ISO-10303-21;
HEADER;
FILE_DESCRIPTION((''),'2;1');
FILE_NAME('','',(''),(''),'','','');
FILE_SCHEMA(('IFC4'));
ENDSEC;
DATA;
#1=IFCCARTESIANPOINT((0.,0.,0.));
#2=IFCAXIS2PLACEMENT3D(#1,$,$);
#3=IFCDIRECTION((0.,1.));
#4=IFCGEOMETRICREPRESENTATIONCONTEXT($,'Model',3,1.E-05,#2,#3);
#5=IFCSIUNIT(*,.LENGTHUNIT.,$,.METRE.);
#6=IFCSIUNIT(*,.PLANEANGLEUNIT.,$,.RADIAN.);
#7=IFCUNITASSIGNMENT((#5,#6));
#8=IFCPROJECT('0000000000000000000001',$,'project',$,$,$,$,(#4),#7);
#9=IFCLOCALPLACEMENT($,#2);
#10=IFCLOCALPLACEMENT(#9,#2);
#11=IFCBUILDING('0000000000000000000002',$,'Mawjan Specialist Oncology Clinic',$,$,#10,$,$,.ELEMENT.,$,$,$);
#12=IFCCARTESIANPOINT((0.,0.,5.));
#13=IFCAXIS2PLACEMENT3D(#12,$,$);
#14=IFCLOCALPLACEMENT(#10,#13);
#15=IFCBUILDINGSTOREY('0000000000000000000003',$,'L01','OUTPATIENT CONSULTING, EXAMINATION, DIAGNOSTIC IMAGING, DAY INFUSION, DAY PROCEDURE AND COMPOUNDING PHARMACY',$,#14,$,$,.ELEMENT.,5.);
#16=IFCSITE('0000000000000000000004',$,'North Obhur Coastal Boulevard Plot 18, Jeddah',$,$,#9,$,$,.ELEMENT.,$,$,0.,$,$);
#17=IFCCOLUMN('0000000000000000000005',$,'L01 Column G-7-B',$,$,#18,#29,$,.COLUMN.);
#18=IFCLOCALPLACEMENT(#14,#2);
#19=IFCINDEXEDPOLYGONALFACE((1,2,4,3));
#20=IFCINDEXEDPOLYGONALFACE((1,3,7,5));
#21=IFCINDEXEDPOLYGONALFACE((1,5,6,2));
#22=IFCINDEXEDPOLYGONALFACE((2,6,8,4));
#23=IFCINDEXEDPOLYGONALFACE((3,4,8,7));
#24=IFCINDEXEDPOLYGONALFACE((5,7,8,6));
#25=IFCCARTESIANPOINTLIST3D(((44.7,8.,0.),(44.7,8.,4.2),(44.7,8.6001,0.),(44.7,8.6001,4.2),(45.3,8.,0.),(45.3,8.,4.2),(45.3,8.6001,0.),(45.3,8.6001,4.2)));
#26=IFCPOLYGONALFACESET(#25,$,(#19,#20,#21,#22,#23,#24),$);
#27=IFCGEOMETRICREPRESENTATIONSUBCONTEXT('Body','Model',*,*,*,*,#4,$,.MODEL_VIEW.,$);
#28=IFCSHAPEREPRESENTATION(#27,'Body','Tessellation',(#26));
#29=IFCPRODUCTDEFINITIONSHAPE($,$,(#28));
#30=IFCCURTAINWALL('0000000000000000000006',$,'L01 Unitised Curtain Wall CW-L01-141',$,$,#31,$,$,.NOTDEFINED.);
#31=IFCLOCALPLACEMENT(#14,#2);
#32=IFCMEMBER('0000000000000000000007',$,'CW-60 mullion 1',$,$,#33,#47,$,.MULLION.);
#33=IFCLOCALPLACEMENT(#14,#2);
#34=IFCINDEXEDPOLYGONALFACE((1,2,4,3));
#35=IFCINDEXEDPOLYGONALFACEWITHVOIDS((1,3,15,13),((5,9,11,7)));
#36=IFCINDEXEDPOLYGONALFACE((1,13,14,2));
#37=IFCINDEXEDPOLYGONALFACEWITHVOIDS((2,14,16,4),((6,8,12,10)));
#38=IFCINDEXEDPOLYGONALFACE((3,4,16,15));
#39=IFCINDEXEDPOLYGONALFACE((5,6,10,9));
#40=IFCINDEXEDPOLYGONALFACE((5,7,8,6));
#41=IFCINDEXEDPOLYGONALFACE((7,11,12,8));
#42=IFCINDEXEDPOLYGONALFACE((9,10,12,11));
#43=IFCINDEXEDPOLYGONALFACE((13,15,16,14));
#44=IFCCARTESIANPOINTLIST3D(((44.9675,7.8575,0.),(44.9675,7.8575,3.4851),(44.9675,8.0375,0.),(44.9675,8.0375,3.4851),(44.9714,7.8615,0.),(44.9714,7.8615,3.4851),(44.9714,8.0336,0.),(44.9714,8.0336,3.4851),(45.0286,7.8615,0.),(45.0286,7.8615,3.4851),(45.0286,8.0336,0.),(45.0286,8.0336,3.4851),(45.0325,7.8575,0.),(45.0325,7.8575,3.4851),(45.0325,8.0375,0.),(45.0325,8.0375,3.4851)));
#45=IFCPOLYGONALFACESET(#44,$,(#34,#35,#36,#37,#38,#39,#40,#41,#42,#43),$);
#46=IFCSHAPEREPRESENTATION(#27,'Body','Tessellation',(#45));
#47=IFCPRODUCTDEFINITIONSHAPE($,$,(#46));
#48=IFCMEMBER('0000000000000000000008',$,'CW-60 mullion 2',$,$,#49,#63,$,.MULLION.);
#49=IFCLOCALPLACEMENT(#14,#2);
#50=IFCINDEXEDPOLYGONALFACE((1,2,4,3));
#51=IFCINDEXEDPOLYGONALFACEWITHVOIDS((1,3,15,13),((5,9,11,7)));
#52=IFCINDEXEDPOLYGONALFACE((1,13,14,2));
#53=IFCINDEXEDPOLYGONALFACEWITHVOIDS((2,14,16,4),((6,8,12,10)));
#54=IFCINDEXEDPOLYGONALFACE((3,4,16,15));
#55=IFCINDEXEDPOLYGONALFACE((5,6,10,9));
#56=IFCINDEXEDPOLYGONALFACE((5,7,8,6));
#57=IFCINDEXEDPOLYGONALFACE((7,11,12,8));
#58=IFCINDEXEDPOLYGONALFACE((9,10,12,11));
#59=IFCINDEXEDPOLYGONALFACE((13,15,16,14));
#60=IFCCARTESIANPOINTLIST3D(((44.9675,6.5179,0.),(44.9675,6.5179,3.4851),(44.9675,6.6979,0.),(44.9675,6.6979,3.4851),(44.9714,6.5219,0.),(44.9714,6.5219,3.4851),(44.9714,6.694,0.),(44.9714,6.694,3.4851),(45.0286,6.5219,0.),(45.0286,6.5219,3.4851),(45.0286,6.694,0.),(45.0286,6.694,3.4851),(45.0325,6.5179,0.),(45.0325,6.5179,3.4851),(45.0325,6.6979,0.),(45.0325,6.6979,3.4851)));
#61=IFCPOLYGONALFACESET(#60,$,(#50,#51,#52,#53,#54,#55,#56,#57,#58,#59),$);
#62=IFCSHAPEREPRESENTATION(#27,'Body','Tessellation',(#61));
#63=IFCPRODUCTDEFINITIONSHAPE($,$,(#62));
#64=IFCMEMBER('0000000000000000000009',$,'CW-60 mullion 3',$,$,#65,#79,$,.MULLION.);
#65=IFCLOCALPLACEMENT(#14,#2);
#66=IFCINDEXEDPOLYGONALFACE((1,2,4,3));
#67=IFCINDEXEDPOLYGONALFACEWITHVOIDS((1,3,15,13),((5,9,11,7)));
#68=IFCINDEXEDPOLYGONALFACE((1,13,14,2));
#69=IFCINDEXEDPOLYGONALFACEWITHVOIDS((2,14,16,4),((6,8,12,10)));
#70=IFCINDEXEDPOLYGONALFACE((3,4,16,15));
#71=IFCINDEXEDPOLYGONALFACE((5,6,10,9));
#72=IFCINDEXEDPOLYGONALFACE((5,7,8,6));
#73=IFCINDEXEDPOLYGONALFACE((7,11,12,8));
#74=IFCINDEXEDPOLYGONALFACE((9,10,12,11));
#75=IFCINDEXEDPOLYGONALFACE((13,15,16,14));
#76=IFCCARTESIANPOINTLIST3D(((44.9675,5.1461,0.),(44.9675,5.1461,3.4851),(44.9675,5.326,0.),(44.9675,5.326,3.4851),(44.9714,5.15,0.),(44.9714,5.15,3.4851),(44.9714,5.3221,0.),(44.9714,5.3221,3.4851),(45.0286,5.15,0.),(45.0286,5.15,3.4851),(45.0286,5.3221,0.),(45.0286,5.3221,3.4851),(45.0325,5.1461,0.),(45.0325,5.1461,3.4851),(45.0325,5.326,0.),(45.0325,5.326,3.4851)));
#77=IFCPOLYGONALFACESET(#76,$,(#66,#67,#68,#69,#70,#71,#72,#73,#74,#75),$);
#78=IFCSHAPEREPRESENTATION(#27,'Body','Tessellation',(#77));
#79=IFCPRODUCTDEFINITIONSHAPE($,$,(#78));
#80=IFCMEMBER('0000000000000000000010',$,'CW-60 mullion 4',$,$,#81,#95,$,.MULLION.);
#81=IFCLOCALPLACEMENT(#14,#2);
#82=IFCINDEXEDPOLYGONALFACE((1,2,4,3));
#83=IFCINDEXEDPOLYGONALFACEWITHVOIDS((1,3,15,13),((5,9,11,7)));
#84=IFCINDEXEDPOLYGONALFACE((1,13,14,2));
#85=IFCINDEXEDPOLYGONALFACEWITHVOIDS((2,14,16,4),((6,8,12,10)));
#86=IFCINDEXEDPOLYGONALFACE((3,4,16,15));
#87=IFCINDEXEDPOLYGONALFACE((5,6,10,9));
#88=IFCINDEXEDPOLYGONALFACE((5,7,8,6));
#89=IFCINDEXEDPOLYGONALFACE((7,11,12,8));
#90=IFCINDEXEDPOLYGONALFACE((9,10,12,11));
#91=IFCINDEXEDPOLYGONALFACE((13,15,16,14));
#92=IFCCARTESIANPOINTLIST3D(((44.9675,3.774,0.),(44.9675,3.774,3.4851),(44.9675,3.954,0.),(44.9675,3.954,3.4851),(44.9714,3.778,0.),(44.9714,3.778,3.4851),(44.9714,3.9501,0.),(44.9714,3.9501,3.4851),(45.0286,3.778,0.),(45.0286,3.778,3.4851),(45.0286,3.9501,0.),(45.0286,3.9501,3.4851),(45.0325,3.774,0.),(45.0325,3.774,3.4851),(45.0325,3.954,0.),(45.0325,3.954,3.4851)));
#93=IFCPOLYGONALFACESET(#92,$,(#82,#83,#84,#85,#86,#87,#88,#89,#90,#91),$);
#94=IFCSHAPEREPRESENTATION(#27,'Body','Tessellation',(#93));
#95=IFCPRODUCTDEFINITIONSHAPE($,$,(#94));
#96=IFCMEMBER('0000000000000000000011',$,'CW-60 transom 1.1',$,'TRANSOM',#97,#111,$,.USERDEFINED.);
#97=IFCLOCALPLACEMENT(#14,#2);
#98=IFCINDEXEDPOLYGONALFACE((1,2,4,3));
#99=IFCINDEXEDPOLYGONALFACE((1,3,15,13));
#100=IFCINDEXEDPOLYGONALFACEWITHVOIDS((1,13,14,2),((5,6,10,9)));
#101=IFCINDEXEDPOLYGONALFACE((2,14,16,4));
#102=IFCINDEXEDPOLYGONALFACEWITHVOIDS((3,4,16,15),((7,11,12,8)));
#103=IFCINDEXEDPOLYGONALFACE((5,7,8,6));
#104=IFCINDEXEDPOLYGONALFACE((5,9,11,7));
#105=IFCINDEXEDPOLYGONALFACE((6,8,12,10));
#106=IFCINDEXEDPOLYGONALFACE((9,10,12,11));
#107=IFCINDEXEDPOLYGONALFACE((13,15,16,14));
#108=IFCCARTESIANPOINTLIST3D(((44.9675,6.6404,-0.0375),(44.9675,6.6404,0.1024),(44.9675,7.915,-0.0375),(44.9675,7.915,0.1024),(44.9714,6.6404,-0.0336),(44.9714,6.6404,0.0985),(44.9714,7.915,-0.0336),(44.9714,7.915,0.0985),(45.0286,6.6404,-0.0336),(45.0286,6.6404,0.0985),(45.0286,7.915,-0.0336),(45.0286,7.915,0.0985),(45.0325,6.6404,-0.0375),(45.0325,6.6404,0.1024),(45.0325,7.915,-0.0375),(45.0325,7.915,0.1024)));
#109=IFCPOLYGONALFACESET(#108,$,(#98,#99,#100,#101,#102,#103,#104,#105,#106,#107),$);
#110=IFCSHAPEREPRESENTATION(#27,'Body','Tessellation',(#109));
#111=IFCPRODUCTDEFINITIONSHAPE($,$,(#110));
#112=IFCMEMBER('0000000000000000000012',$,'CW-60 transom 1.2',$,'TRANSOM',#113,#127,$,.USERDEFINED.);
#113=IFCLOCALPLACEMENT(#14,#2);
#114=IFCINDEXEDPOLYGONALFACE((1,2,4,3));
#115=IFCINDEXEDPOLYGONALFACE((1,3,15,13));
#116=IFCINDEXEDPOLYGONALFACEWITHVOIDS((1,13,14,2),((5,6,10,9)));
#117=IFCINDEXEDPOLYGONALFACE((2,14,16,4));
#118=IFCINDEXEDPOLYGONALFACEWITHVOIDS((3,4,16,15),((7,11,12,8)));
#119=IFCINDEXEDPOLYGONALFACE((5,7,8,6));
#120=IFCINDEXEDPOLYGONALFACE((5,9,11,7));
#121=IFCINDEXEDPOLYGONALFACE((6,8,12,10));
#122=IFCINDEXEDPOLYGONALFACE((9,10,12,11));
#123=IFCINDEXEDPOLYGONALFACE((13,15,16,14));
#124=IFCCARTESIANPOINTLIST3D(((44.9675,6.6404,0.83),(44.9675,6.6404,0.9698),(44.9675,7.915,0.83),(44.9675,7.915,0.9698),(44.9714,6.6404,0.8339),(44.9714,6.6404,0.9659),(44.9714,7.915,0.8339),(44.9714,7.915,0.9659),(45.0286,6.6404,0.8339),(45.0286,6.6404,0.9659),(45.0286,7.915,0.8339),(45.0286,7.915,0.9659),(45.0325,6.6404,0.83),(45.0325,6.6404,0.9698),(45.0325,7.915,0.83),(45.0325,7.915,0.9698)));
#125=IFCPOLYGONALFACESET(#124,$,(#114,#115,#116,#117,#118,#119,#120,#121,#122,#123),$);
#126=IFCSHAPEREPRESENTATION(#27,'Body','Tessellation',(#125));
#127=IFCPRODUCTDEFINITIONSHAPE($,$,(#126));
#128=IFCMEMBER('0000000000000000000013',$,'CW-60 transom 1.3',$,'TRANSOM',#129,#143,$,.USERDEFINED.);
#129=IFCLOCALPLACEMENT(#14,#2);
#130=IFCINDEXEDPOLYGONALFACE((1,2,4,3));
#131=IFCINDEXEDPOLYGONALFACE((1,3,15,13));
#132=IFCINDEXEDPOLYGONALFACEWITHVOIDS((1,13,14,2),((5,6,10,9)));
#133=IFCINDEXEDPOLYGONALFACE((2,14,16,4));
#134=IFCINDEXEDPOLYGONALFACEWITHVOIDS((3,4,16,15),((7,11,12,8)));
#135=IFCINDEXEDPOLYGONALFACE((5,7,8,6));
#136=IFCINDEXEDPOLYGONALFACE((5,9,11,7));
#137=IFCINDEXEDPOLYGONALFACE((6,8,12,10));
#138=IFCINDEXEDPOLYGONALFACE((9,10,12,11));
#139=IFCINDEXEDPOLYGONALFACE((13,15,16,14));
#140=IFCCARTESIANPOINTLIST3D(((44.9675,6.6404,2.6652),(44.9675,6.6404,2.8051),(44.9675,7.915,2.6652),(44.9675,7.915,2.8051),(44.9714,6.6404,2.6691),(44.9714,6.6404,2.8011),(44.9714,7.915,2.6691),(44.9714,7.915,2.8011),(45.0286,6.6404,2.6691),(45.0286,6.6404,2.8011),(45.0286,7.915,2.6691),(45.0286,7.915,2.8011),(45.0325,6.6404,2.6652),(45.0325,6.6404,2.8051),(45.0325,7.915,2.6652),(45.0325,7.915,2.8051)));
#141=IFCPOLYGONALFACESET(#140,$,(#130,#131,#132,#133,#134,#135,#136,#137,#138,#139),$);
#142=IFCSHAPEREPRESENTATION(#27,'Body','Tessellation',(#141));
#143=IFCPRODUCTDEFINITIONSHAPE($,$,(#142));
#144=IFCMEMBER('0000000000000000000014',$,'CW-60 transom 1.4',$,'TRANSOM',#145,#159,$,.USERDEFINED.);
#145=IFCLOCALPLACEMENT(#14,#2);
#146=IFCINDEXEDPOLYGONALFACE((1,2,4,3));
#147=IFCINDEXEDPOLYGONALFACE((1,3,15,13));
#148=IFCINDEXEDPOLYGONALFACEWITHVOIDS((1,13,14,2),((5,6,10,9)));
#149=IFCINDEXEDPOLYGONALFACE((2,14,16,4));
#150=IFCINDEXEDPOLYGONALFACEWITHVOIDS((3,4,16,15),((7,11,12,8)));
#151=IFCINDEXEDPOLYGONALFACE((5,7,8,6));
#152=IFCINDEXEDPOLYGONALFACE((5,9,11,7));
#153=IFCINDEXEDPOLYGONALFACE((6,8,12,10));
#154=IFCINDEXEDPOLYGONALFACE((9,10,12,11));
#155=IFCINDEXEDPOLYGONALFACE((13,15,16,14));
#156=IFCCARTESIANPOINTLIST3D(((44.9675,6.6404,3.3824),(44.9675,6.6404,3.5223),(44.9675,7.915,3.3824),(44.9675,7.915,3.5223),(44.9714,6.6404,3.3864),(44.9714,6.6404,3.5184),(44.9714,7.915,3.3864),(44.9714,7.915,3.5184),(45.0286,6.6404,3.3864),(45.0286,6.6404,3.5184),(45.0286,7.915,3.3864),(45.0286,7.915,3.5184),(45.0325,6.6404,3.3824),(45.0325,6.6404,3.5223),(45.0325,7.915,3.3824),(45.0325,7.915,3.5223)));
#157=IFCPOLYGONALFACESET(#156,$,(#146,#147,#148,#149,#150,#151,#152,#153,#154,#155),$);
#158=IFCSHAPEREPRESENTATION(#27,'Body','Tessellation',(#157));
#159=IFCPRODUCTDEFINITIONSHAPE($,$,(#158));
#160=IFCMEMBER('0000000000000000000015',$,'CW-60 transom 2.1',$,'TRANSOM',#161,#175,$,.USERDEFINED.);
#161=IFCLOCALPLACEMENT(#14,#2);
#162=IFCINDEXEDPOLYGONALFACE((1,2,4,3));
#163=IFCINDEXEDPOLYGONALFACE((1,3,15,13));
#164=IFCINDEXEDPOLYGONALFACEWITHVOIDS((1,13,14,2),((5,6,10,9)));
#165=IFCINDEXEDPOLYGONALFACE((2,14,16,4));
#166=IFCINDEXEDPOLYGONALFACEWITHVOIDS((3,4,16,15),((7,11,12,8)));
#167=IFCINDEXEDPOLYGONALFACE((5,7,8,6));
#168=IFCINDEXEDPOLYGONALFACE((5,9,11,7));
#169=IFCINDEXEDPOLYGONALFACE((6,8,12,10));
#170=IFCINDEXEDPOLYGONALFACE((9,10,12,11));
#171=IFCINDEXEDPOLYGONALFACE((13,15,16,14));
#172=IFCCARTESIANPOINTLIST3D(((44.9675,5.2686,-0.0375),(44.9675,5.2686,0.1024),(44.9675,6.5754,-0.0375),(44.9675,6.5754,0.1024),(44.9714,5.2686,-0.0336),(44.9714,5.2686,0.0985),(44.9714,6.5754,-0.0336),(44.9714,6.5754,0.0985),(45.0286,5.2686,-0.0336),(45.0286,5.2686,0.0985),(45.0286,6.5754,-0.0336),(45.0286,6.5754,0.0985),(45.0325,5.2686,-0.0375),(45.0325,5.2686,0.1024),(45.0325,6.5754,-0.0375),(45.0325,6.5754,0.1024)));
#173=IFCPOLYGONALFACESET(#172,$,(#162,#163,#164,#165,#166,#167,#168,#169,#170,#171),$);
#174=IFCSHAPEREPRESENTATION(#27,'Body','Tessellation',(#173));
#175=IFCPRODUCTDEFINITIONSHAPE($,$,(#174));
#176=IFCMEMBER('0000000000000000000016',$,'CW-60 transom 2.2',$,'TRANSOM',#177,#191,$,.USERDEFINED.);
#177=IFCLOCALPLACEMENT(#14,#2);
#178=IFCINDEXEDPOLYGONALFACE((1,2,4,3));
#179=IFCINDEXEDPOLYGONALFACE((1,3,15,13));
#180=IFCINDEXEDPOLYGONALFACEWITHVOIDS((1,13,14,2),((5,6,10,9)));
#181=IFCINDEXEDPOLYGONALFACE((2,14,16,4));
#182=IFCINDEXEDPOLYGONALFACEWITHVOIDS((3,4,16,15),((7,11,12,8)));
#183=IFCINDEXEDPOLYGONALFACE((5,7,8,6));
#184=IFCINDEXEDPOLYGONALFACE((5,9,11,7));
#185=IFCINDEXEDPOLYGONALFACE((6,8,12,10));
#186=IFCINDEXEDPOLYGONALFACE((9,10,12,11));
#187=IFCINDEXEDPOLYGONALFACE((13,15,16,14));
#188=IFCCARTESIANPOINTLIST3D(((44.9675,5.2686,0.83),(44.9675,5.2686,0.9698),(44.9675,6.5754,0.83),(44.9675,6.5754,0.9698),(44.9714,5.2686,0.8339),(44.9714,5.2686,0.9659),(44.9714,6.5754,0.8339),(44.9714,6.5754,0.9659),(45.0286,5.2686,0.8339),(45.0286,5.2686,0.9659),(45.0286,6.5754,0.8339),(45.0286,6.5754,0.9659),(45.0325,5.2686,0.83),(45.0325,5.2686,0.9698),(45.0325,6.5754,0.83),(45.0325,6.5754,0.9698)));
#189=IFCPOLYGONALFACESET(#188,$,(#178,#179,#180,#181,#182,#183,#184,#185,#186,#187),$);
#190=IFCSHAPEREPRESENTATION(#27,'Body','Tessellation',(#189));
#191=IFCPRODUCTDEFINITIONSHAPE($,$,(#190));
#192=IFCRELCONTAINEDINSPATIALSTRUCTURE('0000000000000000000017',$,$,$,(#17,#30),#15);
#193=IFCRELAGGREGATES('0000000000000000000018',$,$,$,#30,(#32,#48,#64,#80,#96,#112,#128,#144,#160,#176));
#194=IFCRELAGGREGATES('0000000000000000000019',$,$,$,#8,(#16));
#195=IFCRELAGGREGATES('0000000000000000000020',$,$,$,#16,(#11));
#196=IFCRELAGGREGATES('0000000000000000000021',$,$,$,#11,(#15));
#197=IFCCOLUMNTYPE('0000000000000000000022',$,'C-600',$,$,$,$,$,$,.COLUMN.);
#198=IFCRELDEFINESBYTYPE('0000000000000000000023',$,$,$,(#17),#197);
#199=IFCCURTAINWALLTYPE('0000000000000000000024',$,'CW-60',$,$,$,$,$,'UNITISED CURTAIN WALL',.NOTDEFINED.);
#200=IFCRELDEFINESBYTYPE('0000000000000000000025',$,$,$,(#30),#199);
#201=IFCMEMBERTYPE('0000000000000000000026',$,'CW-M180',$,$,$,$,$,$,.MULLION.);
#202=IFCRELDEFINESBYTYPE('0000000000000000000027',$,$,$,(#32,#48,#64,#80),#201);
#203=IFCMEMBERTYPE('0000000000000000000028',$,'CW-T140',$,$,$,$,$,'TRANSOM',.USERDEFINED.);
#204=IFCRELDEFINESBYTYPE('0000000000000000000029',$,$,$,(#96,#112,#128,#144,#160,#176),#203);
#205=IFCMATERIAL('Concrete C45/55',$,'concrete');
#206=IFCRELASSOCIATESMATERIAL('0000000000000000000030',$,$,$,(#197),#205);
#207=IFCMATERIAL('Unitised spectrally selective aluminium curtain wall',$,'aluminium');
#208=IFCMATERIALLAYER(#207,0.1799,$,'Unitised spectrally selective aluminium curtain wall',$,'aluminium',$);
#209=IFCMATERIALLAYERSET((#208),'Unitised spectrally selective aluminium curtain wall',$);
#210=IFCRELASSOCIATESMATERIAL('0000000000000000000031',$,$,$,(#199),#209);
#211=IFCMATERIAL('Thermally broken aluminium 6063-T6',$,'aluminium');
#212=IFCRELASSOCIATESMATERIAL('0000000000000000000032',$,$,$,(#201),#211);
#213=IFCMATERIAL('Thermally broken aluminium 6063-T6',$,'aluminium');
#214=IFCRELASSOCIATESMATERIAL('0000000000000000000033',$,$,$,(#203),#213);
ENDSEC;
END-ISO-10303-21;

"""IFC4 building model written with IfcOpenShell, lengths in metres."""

from ifc_helpers import new_model, si_unit, direction, frame, origin, origin_2d, place, context, subcontext, project, spatial, rectangle, hollow_rectangle, extrude, material, layer, layer_set, material_profile, profile_set, type_object, element, aggregate, save


model = new_model("IFC4")

# Units and contexts
model_context = context("Model", 3, precision=1e-05, world=origin(), true_north=direction((0.0, 1.0)))
body_context = subcontext(model_context, "Body", "Model", "MODEL_VIEW")
ifc_project = project(units=[si_unit("LENGTHUNIT", "METRE"), si_unit("PLANEANGLEUNIT", "RADIAN")], contexts=[model_context])

# Site, building, storey
site_placement = place(None, origin())
site = spatial("IfcSite", under=ifc_project, at=site_placement, Name="North Obhur Coastal Boulevard Plot 18, Jeddah", CompositionType="ELEMENT", RefElevation=0.0)
building_placement = place(site_placement, origin())
building = spatial("IfcBuilding", under=site, at=building_placement, Name="Mawjan Specialist Oncology Clinic", CompositionType="ELEMENT")
storey_placement = place(building_placement, frame((0.0, 0.0, 5.0)))
storey = spatial("IfcBuildingStorey", under=building, at=storey_placement, Name="L01", Description="OUTPATIENT CONSULTING, EXAMINATION, DIAGNOSTIC IMAGING, DAY INFUSION, DAY PROCEDURE AND COMPOUNDING PHARMACY", CompositionType="ELEMENT", Elevation=5.0)

# Column
ifc_material_1 = material(Name="Concrete C45/55", Category="concrete")
ifc_material_profile_1 = material_profile(ifc_material_1, rectangle(XDim=0.6001, YDim=0.6001, at=origin_2d()), Name="RC COL 600x600", Category="concrete")
ifc_profile_set_1 = profile_set([ifc_material_profile_1], Name="Concrete C45/55")
column_type = type_object("IfcColumnType", Name="C-600", PredefinedType="COLUMN", material=ifc_profile_set_1)
column_placement = place(storey_placement, frame((45.0, 8.3, 0.0), z_axis=(0.0, 0.0, 1.0), x_axis=(1.0, 0.0, 0.0)))
element("IfcColumn", 1, at=column_placement, inside=storey, type_object=column_type, Name="L01 Column G-7-B", PredefinedType="COLUMN", context=body_context, shape_type="SweptSolid", body=[
    extrude(rectangle(XDim=0.6001, YDim=0.6001, at=origin_2d()), origin(), (0.0, 0.0, 1.0), 4.2),
])

# Curtain wall, members
ifc_material_2 = material(Name="Unitised spectrally selective aluminium curtain wall", Category="aluminium")
ifc_layer_1 = layer(ifc_material_2, 0.1799, Name="Unitised spectrally selective aluminium curtain wall", Category="aluminium")
ifc_layer_set_1 = layer_set([ifc_layer_1], Name="Unitised spectrally selective aluminium curtain wall")
curtain_wall_type = type_object("IfcCurtainWallType", Name="CW-60", ElementType="UNITISED CURTAIN WALL", PredefinedType="NOTDEFINED", material=ifc_layer_set_1)
curtain_wall_placement = place(storey_placement, origin())
curtain_wall = element("IfcCurtainWall", 2, at=curtain_wall_placement, inside=storey, type_object=curtain_wall_type, Name="L01 Unitised Curtain Wall CW-L01-141", PredefinedType="NOTDEFINED")
ifc_material_3 = material(Name="Thermally broken aluminium 6063-T6", Category="aluminium")
ifc_material_profile_2 = material_profile(ifc_material_3, hollow_rectangle(XDim=0.0649, YDim=0.1799, WallThickness=0.0039, at=origin_2d()), Name="ALU MULLION 180x65x4", Category="aluminium")
ifc_profile_set_2 = profile_set([ifc_material_profile_2], Name="Thermally broken aluminium 6063-T6")
member_type_1 = type_object("IfcMemberType", Name="CW-M180", PredefinedType="MULLION", material=ifc_profile_set_2)
member_1_placement = place(storey_placement, frame((45.0, 7.9475, 0.0), z_axis=(0.0, 0.0, 1.0), x_axis=(1.0, 0.0, 0.0)))
member_1 = element("IfcMember", 3, at=member_1_placement, type_object=member_type_1, Name="CW-60 mullion 1", PredefinedType="MULLION", context=body_context, shape_type="SweptSolid", body=[
    extrude(hollow_rectangle(XDim=0.0649, YDim=0.1799, WallThickness=0.0039, at=origin_2d()), origin(), (0.0, 0.0, 1.0), 3.4851),
])
member_2_placement = place(storey_placement, frame((45.0, 6.6079, 0.0), z_axis=(0.0, 0.0, 1.0), x_axis=(1.0, 0.0, 0.0)))
member_2 = element("IfcMember", 4, at=member_2_placement, type_object=member_type_1, Name="CW-60 mullion 2", PredefinedType="MULLION", context=body_context, shape_type="SweptSolid", body=[
    extrude(hollow_rectangle(XDim=0.0649, YDim=0.1799, WallThickness=0.0039, at=origin_2d()), origin(), (0.0, 0.0, 1.0), 3.4851),
])
member_3_placement = place(storey_placement, frame((45.0, 5.2361, 0.0), z_axis=(0.0, 0.0, 1.0), x_axis=(1.0, 0.0, 0.0)))
member_3 = element("IfcMember", 5, at=member_3_placement, type_object=member_type_1, Name="CW-60 mullion 3", PredefinedType="MULLION", context=body_context, shape_type="SweptSolid", body=[
    extrude(hollow_rectangle(XDim=0.0649, YDim=0.1799, WallThickness=0.0039, at=origin_2d()), origin(), (0.0, 0.0, 1.0), 3.4851),
])
member_4_placement = place(storey_placement, frame((45.0, 3.864, 0.0), z_axis=(0.0, 0.0, 1.0), x_axis=(1.0, 0.0, 0.0)))
member_4 = element("IfcMember", 6, at=member_4_placement, type_object=member_type_1, Name="CW-60 mullion 4", PredefinedType="MULLION", context=body_context, shape_type="SweptSolid", body=[
    extrude(hollow_rectangle(XDim=0.0649, YDim=0.1799, WallThickness=0.0039, at=origin_2d()), origin(), (0.0, 0.0, 1.0), 3.4851),
])
ifc_material_4 = material(Name="Thermally broken aluminium 6063-T6", Category="aluminium")
ifc_material_profile_3 = material_profile(ifc_material_4, hollow_rectangle(XDim=0.0649, YDim=0.1399, WallThickness=0.0039, at=origin_2d()), Name="ALU TRANSOM 140x65x4", Category="aluminium")
ifc_profile_set_3 = profile_set([ifc_material_profile_3], Name="Thermally broken aluminium 6063-T6")
member_type_2 = type_object("IfcMemberType", Name="CW-T140", ElementType="TRANSOM", PredefinedType="USERDEFINED", material=ifc_profile_set_3)
member_5_placement = place(storey_placement, frame((45.0, 7.915, 0.0325), z_axis=(0.0, -1.0, 0.0), x_axis=(1.0, 0.0, 0.0)))
member_5 = element("IfcMember", 7, at=member_5_placement, type_object=member_type_2, Name="CW-60 transom 1.1", ObjectType="TRANSOM", PredefinedType="USERDEFINED", context=body_context, shape_type="SweptSolid", body=[
    extrude(hollow_rectangle(XDim=0.0649, YDim=0.1399, WallThickness=0.0039, at=origin_2d()), origin(), (0.0, 0.0, 1.0), 1.2747),
])
member_6_placement = place(storey_placement, frame((45.0, 7.915, 0.8999), z_axis=(0.0, -1.0, 0.0), x_axis=(1.0, 0.0, 0.0)))
member_6 = element("IfcMember", 8, at=member_6_placement, type_object=member_type_2, Name="CW-60 transom 1.2", ObjectType="TRANSOM", PredefinedType="USERDEFINED", context=body_context, shape_type="SweptSolid", body=[
    extrude(hollow_rectangle(XDim=0.0649, YDim=0.1399, WallThickness=0.0039, at=origin_2d()), origin(), (0.0, 0.0, 1.0), 1.2747),
])
member_7_placement = place(storey_placement, frame((45.0, 7.915, 2.7351), z_axis=(0.0, -1.0, 0.0), x_axis=(1.0, 0.0, 0.0)))
member_7 = element("IfcMember", 9, at=member_7_placement, type_object=member_type_2, Name="CW-60 transom 1.3", ObjectType="TRANSOM", PredefinedType="USERDEFINED", context=body_context, shape_type="SweptSolid", body=[
    extrude(hollow_rectangle(XDim=0.0649, YDim=0.1399, WallThickness=0.0039, at=origin_2d()), origin(), (0.0, 0.0, 1.0), 1.2747),
])
member_8_placement = place(storey_placement, frame((45.0, 7.915, 3.4524), z_axis=(0.0, -1.0, 0.0), x_axis=(1.0, 0.0, 0.0)))
member_8 = element("IfcMember", 10, at=member_8_placement, type_object=member_type_2, Name="CW-60 transom 1.4", ObjectType="TRANSOM", PredefinedType="USERDEFINED", context=body_context, shape_type="SweptSolid", body=[
    extrude(hollow_rectangle(XDim=0.0649, YDim=0.1399, WallThickness=0.0039, at=origin_2d()), origin(), (0.0, 0.0, 1.0), 1.2747),
])
member_9_placement = place(storey_placement, frame((45.0, 6.5754, 0.0325), z_axis=(0.0, -1.0, 0.0), x_axis=(1.0, 0.0, 0.0)))
member_9 = element("IfcMember", 11, at=member_9_placement, type_object=member_type_2, Name="CW-60 transom 2.1", ObjectType="TRANSOM", PredefinedType="USERDEFINED", context=body_context, shape_type="SweptSolid", body=[
    extrude(hollow_rectangle(XDim=0.0649, YDim=0.1399, WallThickness=0.0039, at=origin_2d()), origin(), (0.0, 0.0, 1.0), 1.3069),
])
member_10_placement = place(storey_placement, frame((45.0, 6.5754, 0.8999), z_axis=(0.0, -1.0, 0.0), x_axis=(1.0, 0.0, 0.0)))
member_10 = element("IfcMember", 12, at=member_10_placement, type_object=member_type_2, Name="CW-60 transom 2.2", ObjectType="TRANSOM", PredefinedType="USERDEFINED", context=body_context, shape_type="SweptSolid", body=[
    extrude(hollow_rectangle(XDim=0.0649, YDim=0.1399, WallThickness=0.0039, at=origin_2d()), origin(), (0.0, 0.0, 1.0), 1.3069),
])
aggregate(curtain_wall, [member_1, member_2, member_3, member_4, member_5, member_6, member_7, member_8, member_9, member_10])

save(model, "model.ifc")
